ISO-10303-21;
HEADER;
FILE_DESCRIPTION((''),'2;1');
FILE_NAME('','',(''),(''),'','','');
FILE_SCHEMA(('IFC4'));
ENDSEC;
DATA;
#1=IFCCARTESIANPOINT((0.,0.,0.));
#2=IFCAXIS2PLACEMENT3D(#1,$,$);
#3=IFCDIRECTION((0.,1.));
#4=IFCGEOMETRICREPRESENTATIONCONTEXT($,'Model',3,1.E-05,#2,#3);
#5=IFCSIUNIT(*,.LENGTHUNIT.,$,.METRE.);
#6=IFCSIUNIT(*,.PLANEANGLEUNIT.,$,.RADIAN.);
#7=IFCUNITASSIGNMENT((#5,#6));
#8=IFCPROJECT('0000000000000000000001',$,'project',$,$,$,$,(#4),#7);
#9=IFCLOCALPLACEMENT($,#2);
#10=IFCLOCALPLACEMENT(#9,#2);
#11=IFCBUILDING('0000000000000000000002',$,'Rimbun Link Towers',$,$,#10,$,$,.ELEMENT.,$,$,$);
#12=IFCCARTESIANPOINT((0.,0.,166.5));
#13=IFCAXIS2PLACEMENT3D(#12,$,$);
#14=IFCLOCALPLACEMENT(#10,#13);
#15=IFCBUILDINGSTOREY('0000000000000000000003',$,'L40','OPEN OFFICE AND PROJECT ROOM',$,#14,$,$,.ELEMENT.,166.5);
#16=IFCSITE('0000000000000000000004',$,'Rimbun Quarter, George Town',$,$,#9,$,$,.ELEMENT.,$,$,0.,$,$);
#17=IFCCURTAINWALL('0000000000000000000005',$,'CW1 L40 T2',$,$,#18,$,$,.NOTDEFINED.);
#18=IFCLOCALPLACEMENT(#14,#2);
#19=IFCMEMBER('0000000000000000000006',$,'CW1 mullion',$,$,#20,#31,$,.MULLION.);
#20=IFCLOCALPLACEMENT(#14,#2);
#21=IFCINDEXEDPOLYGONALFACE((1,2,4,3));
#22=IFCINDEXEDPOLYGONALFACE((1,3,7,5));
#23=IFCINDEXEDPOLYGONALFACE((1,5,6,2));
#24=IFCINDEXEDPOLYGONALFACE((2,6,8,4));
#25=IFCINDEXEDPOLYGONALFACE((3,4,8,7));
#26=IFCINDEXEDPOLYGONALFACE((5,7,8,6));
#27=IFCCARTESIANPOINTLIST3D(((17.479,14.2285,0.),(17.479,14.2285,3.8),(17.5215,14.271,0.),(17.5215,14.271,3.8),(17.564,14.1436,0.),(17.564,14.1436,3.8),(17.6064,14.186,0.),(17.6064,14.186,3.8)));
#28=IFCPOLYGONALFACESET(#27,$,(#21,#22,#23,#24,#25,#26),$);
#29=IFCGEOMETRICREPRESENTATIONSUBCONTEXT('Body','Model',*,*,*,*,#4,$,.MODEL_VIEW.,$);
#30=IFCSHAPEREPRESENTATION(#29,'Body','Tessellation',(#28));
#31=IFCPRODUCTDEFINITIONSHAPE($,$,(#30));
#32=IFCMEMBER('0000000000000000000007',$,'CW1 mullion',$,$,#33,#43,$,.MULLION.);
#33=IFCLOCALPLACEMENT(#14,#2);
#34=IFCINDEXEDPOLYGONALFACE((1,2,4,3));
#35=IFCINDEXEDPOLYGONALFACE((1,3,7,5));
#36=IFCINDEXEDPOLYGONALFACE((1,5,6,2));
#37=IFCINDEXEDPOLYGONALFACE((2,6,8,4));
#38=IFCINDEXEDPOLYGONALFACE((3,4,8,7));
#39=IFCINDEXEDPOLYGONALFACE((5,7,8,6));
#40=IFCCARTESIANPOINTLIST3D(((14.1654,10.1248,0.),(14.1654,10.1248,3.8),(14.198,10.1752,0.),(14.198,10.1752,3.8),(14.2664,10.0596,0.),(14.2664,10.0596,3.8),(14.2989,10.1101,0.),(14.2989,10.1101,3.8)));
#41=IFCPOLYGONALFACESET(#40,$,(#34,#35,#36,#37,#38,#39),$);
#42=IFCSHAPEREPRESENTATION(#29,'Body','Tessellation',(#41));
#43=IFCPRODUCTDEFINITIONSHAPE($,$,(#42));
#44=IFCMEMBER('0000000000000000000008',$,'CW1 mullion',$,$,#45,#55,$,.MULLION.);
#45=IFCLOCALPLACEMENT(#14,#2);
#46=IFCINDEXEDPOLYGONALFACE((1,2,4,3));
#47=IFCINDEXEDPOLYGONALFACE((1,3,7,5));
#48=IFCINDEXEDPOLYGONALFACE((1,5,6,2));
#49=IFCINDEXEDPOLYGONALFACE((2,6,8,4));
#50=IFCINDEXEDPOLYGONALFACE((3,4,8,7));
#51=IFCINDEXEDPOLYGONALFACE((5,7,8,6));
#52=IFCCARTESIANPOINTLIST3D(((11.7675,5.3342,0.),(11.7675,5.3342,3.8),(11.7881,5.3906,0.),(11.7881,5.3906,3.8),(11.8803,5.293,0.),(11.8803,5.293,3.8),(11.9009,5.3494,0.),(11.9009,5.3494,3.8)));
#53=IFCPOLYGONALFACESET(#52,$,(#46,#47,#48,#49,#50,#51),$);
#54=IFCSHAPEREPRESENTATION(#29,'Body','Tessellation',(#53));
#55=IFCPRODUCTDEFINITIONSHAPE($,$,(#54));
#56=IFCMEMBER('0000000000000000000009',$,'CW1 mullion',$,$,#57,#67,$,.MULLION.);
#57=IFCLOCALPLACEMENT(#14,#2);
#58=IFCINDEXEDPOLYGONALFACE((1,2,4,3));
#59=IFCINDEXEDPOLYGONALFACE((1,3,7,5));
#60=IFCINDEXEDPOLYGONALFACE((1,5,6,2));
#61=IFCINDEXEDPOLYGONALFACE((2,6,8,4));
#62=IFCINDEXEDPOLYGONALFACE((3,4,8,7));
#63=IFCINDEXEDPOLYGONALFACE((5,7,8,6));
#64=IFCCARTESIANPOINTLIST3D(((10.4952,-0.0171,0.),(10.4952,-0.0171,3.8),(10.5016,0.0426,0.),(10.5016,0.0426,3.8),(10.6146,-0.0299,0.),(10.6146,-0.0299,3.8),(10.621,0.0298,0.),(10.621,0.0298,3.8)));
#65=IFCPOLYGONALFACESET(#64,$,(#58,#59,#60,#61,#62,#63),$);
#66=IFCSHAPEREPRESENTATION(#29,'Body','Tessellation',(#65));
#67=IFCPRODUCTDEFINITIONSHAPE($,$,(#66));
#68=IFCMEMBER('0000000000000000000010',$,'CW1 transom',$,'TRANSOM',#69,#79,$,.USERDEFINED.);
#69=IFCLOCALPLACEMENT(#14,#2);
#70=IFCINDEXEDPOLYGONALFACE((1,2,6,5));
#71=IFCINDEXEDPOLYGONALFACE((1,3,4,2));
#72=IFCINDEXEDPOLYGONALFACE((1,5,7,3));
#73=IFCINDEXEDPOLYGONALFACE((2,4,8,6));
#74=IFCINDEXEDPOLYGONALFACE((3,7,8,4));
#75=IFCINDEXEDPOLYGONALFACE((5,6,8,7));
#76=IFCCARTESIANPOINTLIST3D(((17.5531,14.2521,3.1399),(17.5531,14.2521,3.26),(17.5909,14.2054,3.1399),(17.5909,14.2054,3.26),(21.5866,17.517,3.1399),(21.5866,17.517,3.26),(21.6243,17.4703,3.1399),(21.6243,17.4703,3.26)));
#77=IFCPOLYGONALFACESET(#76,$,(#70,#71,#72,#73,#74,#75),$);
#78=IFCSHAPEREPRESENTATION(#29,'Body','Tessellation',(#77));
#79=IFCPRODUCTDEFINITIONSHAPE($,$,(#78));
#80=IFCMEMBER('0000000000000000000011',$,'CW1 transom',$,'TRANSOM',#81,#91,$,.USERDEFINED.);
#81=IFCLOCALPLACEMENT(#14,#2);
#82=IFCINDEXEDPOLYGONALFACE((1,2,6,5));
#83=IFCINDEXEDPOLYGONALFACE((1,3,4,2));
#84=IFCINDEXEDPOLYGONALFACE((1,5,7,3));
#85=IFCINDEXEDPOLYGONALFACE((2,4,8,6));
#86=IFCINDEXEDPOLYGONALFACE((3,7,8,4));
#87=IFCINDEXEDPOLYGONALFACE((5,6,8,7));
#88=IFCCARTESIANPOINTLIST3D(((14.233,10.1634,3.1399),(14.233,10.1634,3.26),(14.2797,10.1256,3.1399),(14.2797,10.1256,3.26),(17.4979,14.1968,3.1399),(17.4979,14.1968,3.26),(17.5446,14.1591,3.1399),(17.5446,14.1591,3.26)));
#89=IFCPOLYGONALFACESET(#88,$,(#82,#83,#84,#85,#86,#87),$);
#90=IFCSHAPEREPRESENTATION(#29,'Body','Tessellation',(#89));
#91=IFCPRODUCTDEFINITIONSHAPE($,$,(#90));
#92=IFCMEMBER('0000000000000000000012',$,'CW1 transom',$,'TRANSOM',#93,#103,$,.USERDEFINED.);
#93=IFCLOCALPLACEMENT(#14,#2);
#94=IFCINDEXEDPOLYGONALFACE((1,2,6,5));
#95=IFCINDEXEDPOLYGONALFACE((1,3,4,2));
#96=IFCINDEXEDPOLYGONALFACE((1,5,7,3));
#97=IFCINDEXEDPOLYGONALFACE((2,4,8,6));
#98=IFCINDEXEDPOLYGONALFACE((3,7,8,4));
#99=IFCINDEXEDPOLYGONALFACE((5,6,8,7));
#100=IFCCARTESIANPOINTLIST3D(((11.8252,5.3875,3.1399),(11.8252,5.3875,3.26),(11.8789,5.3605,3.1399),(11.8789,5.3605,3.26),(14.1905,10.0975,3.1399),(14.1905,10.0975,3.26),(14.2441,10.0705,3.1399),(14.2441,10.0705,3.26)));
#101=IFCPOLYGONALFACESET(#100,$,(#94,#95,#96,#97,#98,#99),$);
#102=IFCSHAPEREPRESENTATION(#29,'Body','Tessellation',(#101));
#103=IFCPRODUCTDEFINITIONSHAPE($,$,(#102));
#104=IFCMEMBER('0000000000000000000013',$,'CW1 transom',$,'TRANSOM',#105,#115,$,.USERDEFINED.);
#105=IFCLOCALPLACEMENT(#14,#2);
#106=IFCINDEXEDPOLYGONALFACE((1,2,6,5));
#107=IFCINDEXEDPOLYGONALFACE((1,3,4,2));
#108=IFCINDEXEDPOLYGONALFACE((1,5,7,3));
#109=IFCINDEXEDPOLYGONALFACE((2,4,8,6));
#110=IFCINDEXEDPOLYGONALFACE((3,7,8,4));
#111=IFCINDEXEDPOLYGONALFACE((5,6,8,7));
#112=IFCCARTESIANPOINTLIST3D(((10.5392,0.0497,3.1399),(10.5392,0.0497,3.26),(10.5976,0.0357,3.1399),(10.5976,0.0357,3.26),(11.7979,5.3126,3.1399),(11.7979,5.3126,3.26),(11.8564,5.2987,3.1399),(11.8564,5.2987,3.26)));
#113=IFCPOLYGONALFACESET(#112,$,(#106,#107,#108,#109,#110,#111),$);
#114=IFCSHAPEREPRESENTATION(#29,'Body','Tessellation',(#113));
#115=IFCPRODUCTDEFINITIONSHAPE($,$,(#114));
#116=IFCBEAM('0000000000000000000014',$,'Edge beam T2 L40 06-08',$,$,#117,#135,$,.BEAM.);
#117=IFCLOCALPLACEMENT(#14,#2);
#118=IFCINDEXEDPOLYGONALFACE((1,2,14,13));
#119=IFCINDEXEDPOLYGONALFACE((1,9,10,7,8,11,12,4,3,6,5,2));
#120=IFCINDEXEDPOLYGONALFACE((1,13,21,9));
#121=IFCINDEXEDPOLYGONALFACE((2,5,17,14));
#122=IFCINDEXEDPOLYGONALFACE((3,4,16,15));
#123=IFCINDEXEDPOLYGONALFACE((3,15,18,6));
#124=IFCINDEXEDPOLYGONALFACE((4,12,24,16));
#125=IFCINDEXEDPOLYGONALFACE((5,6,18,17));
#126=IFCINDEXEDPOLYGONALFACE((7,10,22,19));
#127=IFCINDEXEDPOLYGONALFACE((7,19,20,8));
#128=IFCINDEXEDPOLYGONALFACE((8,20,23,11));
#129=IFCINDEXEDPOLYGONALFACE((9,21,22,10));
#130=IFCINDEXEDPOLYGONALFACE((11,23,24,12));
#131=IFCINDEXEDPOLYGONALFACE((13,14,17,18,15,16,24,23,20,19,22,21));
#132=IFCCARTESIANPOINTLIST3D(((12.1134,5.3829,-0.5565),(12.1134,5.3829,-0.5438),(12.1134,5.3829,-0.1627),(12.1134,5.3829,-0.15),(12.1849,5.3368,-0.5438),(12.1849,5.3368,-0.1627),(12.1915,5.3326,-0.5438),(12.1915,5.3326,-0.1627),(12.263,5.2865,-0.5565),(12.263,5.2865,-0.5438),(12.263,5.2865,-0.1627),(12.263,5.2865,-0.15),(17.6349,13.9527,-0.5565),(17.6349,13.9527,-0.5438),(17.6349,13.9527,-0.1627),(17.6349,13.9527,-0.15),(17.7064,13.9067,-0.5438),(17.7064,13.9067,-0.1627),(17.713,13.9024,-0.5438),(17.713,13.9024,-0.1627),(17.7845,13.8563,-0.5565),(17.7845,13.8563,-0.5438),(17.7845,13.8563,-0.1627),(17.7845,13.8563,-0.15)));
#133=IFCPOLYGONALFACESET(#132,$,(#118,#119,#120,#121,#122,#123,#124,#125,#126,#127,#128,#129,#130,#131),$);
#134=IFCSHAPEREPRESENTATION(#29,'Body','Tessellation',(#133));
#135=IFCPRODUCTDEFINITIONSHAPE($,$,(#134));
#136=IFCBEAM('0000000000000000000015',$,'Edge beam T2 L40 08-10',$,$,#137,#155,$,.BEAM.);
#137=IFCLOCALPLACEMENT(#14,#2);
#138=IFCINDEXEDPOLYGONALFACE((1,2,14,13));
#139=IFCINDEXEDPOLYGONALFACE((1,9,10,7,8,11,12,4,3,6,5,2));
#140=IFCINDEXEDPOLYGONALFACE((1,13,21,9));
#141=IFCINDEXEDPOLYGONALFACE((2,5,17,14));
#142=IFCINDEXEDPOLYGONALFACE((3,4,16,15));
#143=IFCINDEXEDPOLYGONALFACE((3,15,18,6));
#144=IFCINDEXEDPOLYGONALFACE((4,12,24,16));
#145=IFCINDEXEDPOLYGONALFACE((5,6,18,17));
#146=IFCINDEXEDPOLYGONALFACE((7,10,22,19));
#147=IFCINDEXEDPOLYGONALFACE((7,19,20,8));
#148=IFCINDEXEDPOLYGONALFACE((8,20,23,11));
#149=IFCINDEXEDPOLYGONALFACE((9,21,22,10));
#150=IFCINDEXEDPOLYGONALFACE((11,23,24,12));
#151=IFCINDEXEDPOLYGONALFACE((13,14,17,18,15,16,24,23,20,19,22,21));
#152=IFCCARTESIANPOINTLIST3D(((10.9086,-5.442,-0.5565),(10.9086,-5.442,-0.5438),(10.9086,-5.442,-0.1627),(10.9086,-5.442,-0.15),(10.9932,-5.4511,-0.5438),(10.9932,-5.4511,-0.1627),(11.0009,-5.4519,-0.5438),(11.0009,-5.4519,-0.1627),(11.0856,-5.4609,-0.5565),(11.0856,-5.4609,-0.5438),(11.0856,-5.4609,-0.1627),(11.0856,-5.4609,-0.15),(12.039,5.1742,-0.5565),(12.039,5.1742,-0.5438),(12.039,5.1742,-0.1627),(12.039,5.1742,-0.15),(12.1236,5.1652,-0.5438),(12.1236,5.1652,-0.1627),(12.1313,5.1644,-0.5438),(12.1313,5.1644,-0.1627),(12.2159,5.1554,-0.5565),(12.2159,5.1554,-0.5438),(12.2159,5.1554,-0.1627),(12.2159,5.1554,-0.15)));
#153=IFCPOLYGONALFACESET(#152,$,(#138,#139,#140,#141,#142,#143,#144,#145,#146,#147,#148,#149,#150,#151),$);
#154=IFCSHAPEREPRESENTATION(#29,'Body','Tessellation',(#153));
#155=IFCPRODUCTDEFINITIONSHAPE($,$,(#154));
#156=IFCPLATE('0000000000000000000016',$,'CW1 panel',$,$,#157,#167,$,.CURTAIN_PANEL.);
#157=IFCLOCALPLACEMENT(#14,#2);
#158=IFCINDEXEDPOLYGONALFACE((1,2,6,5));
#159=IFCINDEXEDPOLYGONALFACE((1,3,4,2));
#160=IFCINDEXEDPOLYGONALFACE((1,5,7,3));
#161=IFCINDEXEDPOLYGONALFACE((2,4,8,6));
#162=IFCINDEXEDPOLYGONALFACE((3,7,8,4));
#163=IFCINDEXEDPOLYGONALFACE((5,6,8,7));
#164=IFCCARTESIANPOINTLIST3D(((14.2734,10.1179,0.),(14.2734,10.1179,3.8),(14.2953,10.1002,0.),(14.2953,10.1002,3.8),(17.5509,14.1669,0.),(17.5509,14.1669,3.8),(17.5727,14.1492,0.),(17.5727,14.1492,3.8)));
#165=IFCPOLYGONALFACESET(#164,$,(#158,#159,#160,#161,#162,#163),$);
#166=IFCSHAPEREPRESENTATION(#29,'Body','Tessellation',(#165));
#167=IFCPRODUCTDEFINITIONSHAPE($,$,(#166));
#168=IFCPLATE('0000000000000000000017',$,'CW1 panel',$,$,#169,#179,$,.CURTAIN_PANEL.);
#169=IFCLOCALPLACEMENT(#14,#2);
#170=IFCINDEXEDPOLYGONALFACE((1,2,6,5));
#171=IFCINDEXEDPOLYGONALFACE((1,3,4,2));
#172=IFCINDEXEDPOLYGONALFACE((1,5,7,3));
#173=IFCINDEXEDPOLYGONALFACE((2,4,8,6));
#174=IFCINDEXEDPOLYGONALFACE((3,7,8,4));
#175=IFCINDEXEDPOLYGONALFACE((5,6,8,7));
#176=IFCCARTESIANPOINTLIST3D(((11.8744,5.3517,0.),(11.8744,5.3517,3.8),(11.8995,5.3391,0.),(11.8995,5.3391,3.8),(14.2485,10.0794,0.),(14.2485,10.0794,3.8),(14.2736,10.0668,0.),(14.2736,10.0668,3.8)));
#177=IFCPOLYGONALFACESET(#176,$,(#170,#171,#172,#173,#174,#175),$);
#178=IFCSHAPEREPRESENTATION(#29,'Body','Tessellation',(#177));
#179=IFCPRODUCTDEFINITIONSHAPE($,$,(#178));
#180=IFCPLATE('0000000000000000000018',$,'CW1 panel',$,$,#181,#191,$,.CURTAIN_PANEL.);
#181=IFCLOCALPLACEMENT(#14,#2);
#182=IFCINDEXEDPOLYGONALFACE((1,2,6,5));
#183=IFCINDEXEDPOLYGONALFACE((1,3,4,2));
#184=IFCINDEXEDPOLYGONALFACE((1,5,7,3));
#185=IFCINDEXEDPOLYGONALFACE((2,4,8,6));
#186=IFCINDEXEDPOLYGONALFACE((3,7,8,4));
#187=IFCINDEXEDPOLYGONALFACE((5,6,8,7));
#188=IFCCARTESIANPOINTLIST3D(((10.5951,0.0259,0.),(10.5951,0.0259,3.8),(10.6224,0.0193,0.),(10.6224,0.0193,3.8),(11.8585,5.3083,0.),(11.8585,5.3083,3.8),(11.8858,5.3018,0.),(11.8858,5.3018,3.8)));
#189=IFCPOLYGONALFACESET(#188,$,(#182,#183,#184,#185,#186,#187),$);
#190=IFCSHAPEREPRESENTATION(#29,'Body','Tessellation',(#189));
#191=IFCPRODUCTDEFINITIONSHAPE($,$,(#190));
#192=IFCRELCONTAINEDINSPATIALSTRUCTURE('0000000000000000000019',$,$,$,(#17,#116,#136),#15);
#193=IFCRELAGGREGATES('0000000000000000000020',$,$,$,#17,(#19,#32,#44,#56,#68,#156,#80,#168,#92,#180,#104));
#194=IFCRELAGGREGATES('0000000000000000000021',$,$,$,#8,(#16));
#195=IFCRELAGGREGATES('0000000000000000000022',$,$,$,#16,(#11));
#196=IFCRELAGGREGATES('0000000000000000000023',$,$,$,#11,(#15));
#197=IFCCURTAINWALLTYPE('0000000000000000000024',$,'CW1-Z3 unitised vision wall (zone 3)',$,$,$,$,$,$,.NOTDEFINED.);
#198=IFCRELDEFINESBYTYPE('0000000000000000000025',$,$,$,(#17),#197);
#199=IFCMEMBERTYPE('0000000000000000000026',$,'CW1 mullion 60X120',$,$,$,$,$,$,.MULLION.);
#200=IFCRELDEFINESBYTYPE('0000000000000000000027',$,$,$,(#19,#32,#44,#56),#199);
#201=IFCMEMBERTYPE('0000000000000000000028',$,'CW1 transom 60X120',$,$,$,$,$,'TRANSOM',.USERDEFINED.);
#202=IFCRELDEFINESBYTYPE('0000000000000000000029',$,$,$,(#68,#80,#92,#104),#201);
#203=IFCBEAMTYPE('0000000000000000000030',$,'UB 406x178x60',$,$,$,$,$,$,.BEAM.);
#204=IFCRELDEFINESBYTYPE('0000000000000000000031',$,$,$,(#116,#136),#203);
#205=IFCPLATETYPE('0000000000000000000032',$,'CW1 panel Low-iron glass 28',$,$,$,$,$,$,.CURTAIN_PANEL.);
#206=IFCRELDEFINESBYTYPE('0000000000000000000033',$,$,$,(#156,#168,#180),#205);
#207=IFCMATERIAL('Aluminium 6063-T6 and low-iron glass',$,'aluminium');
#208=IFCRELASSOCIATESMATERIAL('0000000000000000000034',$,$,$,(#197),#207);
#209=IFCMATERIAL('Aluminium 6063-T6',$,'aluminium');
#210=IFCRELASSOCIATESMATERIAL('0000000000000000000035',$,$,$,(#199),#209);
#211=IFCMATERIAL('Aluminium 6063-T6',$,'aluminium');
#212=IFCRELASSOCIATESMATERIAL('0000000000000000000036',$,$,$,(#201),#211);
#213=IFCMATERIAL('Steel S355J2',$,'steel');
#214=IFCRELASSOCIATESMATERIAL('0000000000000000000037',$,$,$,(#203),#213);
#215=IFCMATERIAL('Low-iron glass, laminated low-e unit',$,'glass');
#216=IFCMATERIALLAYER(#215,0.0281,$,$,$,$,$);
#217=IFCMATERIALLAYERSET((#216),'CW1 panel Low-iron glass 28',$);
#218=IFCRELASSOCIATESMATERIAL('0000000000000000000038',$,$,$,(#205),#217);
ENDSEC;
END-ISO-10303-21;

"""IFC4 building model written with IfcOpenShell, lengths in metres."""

from ifc_helpers import new_model, si_unit, direction, frame, origin, origin_2d, place, context, subcontext, project, spatial, rectangle, i_section, extrude, material, layer, layer_set, material_profile, profile_set, type_object, element, aggregate, save


model = new_model("IFC4")

# Units and contexts
model_context = context("Model", 3, precision=1e-05, world=origin(), true_north=direction((0.0, 1.0)))
body_context = subcontext(model_context, "Body", "Model", "MODEL_VIEW")
ifc_project = project(units=[si_unit("LENGTHUNIT", "METRE"), si_unit("PLANEANGLEUNIT", "RADIAN")], contexts=[model_context])

# Site, building, storey
site_placement = place(None, origin())
site = spatial("IfcSite", under=ifc_project, at=site_placement, Name="Rimbun Quarter, George Town", CompositionType="ELEMENT", RefElevation=0.0)
building_placement = place(site_placement, origin())
building = spatial("IfcBuilding", under=site, at=building_placement, Name="Rimbun Link Towers", CompositionType="ELEMENT")
storey_placement = place(building_placement, frame((0.0, 0.0, 166.5)))
storey = spatial("IfcBuildingStorey", under=building, at=storey_placement, Name="L40", Description="OPEN OFFICE AND PROJECT ROOM", CompositionType="ELEMENT", Elevation=166.5)

# Curtain wall, members
ifc_material_1 = material(Name="Aluminium 6063-T6 and low-iron glass", Category="aluminium")
curtain_wall_type = type_object("IfcCurtainWallType", Name="CW1-Z3 unitised vision wall (zone 3)", PredefinedType="NOTDEFINED", material=ifc_material_1)
curtain_wall_placement = place(storey_placement, origin())
curtain_wall = element("IfcCurtainWall", 1, at=curtain_wall_placement, inside=storey, type_object=curtain_wall_type, Name="CW1 L40 T2", PredefinedType="NOTDEFINED")
ifc_material_2 = material(Name="Aluminium 6063-T6", Category="aluminium")
ifc_material_profile_1 = material_profile(ifc_material_2, rectangle(XDim=0.1201, YDim=0.0601, at=origin_2d()), Name="MULLION 60X120")
ifc_profile_set_1 = profile_set([ifc_material_profile_1], Name="Aluminium 6063-T6")
member_type_1 = type_object("IfcMemberType", Name="CW1 mullion 60X120", PredefinedType="MULLION", material=ifc_profile_set_1)
member_1_placement = place(storey_placement, frame((17.5427, 14.2073, 0.0), z_axis=(0.0, 0.0, 1.0), x_axis=(-0.707107, 0.707107, 0.0)))
member_1 = element("IfcMember", 2, at=member_1_placement, type_object=member_type_1, Name="CW1 mullion", PredefinedType="MULLION", context=body_context, shape_type="SweptSolid", body=[
    extrude(rectangle(XDim=0.1201, YDim=0.0601, at=origin_2d()), origin(), (0.0, 0.0, 1.0), 3.8),
])
member_2_placement = place(storey_placement, frame((14.2322, 10.1174, 0.0), z_axis=(0.0, 0.0, 1.0), x_axis=(-0.840314, 0.5421, 0.0)))
member_2 = element("IfcMember", 3, at=member_2_placement, type_object=member_type_1, Name="CW1 mullion", PredefinedType="MULLION", context=body_context, shape_type="SweptSolid", body=[
    extrude(rectangle(XDim=0.1201, YDim=0.0601, at=origin_2d()), origin(), (0.0, 0.0, 1.0), 3.8),
])
member_3_placement = place(storey_placement, frame((11.8342, 5.3418, 0.0), z_axis=(0.0, 0.0, 1.0), x_axis=(-0.939348, 0.342966, 0.0)))
member_3 = element("IfcMember", 4, at=member_3_placement, type_object=member_type_1, Name="CW1 mullion", PredefinedType="MULLION", context=body_context, shape_type="SweptSolid", body=[
    extrude(rectangle(XDim=0.1201, YDim=0.0601, at=origin_2d()), origin(), (0.0, 0.0, 1.0), 3.8),
])
member_4_placement = place(storey_placement, frame((10.5581, 0.0063, 0.0), z_axis=(0.0, 0.0, 1.0), x_axis=(-0.994297, 0.106647, 0.0)))
member_4 = element("IfcMember", 5, at=member_4_placement, type_object=member_type_1, Name="CW1 mullion", PredefinedType="MULLION", context=body_context, shape_type="SweptSolid", body=[
    extrude(rectangle(XDim=0.1201, YDim=0.0601, at=origin_2d()), origin(), (0.0, 0.0, 1.0), 3.8),
])
ifc_material_3 = material(Name="Aluminium 6063-T6", Category="aluminium")
ifc_material_profile_2 = material_profile(ifc_material_3, rectangle(XDim=0.0601, YDim=0.1201, at=origin_2d()), Name="TRANSOM 60X120")
ifc_profile_set_2 = profile_set([ifc_material_profile_2], Name="Aluminium 6063-T6")
member_type_2 = type_object("IfcMemberType", Name="CW1 transom 60X120", ElementType="TRANSOM", PredefinedType="USERDEFINED", material=ifc_profile_set_2)
member_5_placement = place(storey_placement, frame((17.572, 14.2288, 3.2), z_axis=(0.777271, 0.629166, 0.0), x_axis=(-0.629166, 0.777271, 0.0)))
member_5 = element("IfcMember", 6, at=member_5_placement, type_object=member_type_2, Name="CW1 transom", ObjectType="TRANSOM", PredefinedType="USERDEFINED", context=body_context, shape_type="SweptSolid", body=[
    extrude(rectangle(XDim=0.0601, YDim=0.1201, at=origin_2d()), origin(), (0.0, 0.0, 1.0), 5.1892),
])
member_6_placement = place(storey_placement, frame((14.2563, 10.1445, 3.2), z_axis=(0.629166, 0.777271, 0.0), x_axis=(-0.777271, 0.629166, 0.0)))
member_6 = element("IfcMember", 7, at=member_6_placement, type_object=member_type_2, Name="CW1 transom", ObjectType="TRANSOM", PredefinedType="USERDEFINED", context=body_context, shape_type="SweptSolid", body=[
    extrude(rectangle(XDim=0.0601, YDim=0.1201, at=origin_2d()), origin(), (0.0, 0.0, 1.0), 5.1892),
])
member_7_placement = place(storey_placement, frame((11.8521, 5.374, 3.2), z_axis=(0.448769, 0.893648, 0.0), x_axis=(-0.893648, 0.448769, 0.0)))
member_7 = element("IfcMember", 8, at=member_7_placement, type_object=member_type_2, Name="CW1 transom", ObjectType="TRANSOM", PredefinedType="USERDEFINED", context=body_context, shape_type="SweptSolid", body=[
    extrude(rectangle(XDim=0.0601, YDim=0.1201, at=origin_2d()), origin(), (0.0, 0.0, 1.0), 5.2705),
])
member_8_placement = place(storey_placement, frame((10.5684, 0.0427, 3.2), z_axis=(0.232619, 0.972568, 0.0), x_axis=(-0.972568, 0.232619, 0.0)))
member_8 = element("IfcMember", 9, at=member_8_placement, type_object=member_type_2, Name="CW1 transom", ObjectType="TRANSOM", PredefinedType="USERDEFINED", context=body_context, shape_type="SweptSolid", body=[
    extrude(rectangle(XDim=0.0601, YDim=0.1201, at=origin_2d()), origin(), (0.0, 0.0, 1.0), 5.4114),
])

# Beams
ifc_material_4 = material(Name="Steel S355J2", Category="steel")
ifc_material_profile_3 = material_profile(ifc_material_4, i_section(OverallWidth=0.178, OverallDepth=0.4065, WebThickness=0.0078, FlangeThickness=0.0127, at=origin_2d()), Name="UB 406x178x60")
ifc_profile_set_3 = profile_set([ifc_material_profile_3], Name="Steel S355J2")
beam_type = type_object("IfcBeamType", Name="UB 406x178x60", PredefinedType="BEAM", material=ifc_profile_set_3)
beam_1_placement = place(storey_placement, frame((17.7097, 13.9045, -0.3533), z_axis=(-0.541612, -0.840629, 0.0), x_axis=(0.840629, -0.541612, 0.0)))
element("IfcBeam", 10, at=beam_1_placement, inside=storey, type_object=beam_type, Name="Edge beam T2 L40 06-08", PredefinedType="BEAM", context=body_context, shape_type="SweptSolid", body=[
    extrude(i_section(OverallWidth=0.178, OverallDepth=0.4065, WebThickness=0.0078, FlangeThickness=0.0127, at=origin_2d()), origin(), (0.0, 0.0, 1.0), 10.1946),
])
beam_2_placement = place(storey_placement, frame((12.1274, 5.1648, -0.3533), z_axis=(-0.105877, -0.994379, 0.0), x_axis=(0.994379, -0.105877, 0.0)))
element("IfcBeam", 11, at=beam_2_placement, inside=storey, type_object=beam_type, Name="Edge beam T2 L40 08-10", PredefinedType="BEAM", context=body_context, shape_type="SweptSolid", body=[
    extrude(i_section(OverallWidth=0.178, OverallDepth=0.4065, WebThickness=0.0078, FlangeThickness=0.0127, at=origin_2d()), origin(), (0.0, 0.0, 1.0), 10.6763),
])

# Plates
ifc_material_5 = material(Name="Low-iron glass, laminated low-e unit", Category="glass")
ifc_layer_1 = layer(ifc_material_5, 0.0281)
ifc_layer_set_1 = layer_set([ifc_layer_1], Name="CW1 panel Low-iron glass 28")
plate_type = type_object("IfcPlateType", Name="CW1 panel Low-iron glass 28", PredefinedType="CURTAIN_PANEL", material=ifc_layer_set_1)
plate_1_placement = place(storey_placement, frame((15.9231, 12.1335, 0.0), z_axis=(0.0, 0.0, 1.0), x_axis=(0.629169, 0.777269, 0.0)))
plate_1 = element("IfcPlate", 12, at=plate_1_placement, type_object=plate_type, Name="CW1 panel", PredefinedType="CURTAIN_PANEL", context=body_context, shape_type="SweptSolid", body=[
    extrude(rectangle(XDim=5.2092, YDim=0.0281, at=origin_2d()), origin(), (0.0, 0.0, 1.0), 3.8),
])
plate_2_placement = place(storey_placement, frame((13.074, 7.7092, 0.0), z_axis=(0.0, 0.0, 1.0), x_axis=(0.448766, 0.893649, 0.0)))
plate_2 = element("IfcPlate", 13, at=plate_2_placement, type_object=plate_type, Name="CW1 panel", PredefinedType="CURTAIN_PANEL", context=body_context, shape_type="SweptSolid", body=[
    extrude(rectangle(XDim=5.2903, YDim=0.0281, at=origin_2d()), origin(), (0.0, 0.0, 1.0), 3.8),
])
plate_3_placement = place(storey_placement, frame((11.2405, 2.6638, 0.0), z_axis=(0.0, 0.0, 1.0), x_axis=(0.23261, 0.97257, 0.0)))
plate_3 = element("IfcPlate", 14, at=plate_3_placement, type_object=plate_type, Name="CW1 panel", PredefinedType="CURTAIN_PANEL", context=body_context, shape_type="SweptSolid", body=[
    extrude(rectangle(XDim=5.4314, YDim=0.0281, at=origin_2d()), origin(), (0.0, 0.0, 1.0), 3.8),
])
aggregate(curtain_wall, [member_1, member_2, member_3, member_4, member_5, plate_1, member_6, plate_2, member_7, plate_3, member_8])

save(model, "model.ifc")
